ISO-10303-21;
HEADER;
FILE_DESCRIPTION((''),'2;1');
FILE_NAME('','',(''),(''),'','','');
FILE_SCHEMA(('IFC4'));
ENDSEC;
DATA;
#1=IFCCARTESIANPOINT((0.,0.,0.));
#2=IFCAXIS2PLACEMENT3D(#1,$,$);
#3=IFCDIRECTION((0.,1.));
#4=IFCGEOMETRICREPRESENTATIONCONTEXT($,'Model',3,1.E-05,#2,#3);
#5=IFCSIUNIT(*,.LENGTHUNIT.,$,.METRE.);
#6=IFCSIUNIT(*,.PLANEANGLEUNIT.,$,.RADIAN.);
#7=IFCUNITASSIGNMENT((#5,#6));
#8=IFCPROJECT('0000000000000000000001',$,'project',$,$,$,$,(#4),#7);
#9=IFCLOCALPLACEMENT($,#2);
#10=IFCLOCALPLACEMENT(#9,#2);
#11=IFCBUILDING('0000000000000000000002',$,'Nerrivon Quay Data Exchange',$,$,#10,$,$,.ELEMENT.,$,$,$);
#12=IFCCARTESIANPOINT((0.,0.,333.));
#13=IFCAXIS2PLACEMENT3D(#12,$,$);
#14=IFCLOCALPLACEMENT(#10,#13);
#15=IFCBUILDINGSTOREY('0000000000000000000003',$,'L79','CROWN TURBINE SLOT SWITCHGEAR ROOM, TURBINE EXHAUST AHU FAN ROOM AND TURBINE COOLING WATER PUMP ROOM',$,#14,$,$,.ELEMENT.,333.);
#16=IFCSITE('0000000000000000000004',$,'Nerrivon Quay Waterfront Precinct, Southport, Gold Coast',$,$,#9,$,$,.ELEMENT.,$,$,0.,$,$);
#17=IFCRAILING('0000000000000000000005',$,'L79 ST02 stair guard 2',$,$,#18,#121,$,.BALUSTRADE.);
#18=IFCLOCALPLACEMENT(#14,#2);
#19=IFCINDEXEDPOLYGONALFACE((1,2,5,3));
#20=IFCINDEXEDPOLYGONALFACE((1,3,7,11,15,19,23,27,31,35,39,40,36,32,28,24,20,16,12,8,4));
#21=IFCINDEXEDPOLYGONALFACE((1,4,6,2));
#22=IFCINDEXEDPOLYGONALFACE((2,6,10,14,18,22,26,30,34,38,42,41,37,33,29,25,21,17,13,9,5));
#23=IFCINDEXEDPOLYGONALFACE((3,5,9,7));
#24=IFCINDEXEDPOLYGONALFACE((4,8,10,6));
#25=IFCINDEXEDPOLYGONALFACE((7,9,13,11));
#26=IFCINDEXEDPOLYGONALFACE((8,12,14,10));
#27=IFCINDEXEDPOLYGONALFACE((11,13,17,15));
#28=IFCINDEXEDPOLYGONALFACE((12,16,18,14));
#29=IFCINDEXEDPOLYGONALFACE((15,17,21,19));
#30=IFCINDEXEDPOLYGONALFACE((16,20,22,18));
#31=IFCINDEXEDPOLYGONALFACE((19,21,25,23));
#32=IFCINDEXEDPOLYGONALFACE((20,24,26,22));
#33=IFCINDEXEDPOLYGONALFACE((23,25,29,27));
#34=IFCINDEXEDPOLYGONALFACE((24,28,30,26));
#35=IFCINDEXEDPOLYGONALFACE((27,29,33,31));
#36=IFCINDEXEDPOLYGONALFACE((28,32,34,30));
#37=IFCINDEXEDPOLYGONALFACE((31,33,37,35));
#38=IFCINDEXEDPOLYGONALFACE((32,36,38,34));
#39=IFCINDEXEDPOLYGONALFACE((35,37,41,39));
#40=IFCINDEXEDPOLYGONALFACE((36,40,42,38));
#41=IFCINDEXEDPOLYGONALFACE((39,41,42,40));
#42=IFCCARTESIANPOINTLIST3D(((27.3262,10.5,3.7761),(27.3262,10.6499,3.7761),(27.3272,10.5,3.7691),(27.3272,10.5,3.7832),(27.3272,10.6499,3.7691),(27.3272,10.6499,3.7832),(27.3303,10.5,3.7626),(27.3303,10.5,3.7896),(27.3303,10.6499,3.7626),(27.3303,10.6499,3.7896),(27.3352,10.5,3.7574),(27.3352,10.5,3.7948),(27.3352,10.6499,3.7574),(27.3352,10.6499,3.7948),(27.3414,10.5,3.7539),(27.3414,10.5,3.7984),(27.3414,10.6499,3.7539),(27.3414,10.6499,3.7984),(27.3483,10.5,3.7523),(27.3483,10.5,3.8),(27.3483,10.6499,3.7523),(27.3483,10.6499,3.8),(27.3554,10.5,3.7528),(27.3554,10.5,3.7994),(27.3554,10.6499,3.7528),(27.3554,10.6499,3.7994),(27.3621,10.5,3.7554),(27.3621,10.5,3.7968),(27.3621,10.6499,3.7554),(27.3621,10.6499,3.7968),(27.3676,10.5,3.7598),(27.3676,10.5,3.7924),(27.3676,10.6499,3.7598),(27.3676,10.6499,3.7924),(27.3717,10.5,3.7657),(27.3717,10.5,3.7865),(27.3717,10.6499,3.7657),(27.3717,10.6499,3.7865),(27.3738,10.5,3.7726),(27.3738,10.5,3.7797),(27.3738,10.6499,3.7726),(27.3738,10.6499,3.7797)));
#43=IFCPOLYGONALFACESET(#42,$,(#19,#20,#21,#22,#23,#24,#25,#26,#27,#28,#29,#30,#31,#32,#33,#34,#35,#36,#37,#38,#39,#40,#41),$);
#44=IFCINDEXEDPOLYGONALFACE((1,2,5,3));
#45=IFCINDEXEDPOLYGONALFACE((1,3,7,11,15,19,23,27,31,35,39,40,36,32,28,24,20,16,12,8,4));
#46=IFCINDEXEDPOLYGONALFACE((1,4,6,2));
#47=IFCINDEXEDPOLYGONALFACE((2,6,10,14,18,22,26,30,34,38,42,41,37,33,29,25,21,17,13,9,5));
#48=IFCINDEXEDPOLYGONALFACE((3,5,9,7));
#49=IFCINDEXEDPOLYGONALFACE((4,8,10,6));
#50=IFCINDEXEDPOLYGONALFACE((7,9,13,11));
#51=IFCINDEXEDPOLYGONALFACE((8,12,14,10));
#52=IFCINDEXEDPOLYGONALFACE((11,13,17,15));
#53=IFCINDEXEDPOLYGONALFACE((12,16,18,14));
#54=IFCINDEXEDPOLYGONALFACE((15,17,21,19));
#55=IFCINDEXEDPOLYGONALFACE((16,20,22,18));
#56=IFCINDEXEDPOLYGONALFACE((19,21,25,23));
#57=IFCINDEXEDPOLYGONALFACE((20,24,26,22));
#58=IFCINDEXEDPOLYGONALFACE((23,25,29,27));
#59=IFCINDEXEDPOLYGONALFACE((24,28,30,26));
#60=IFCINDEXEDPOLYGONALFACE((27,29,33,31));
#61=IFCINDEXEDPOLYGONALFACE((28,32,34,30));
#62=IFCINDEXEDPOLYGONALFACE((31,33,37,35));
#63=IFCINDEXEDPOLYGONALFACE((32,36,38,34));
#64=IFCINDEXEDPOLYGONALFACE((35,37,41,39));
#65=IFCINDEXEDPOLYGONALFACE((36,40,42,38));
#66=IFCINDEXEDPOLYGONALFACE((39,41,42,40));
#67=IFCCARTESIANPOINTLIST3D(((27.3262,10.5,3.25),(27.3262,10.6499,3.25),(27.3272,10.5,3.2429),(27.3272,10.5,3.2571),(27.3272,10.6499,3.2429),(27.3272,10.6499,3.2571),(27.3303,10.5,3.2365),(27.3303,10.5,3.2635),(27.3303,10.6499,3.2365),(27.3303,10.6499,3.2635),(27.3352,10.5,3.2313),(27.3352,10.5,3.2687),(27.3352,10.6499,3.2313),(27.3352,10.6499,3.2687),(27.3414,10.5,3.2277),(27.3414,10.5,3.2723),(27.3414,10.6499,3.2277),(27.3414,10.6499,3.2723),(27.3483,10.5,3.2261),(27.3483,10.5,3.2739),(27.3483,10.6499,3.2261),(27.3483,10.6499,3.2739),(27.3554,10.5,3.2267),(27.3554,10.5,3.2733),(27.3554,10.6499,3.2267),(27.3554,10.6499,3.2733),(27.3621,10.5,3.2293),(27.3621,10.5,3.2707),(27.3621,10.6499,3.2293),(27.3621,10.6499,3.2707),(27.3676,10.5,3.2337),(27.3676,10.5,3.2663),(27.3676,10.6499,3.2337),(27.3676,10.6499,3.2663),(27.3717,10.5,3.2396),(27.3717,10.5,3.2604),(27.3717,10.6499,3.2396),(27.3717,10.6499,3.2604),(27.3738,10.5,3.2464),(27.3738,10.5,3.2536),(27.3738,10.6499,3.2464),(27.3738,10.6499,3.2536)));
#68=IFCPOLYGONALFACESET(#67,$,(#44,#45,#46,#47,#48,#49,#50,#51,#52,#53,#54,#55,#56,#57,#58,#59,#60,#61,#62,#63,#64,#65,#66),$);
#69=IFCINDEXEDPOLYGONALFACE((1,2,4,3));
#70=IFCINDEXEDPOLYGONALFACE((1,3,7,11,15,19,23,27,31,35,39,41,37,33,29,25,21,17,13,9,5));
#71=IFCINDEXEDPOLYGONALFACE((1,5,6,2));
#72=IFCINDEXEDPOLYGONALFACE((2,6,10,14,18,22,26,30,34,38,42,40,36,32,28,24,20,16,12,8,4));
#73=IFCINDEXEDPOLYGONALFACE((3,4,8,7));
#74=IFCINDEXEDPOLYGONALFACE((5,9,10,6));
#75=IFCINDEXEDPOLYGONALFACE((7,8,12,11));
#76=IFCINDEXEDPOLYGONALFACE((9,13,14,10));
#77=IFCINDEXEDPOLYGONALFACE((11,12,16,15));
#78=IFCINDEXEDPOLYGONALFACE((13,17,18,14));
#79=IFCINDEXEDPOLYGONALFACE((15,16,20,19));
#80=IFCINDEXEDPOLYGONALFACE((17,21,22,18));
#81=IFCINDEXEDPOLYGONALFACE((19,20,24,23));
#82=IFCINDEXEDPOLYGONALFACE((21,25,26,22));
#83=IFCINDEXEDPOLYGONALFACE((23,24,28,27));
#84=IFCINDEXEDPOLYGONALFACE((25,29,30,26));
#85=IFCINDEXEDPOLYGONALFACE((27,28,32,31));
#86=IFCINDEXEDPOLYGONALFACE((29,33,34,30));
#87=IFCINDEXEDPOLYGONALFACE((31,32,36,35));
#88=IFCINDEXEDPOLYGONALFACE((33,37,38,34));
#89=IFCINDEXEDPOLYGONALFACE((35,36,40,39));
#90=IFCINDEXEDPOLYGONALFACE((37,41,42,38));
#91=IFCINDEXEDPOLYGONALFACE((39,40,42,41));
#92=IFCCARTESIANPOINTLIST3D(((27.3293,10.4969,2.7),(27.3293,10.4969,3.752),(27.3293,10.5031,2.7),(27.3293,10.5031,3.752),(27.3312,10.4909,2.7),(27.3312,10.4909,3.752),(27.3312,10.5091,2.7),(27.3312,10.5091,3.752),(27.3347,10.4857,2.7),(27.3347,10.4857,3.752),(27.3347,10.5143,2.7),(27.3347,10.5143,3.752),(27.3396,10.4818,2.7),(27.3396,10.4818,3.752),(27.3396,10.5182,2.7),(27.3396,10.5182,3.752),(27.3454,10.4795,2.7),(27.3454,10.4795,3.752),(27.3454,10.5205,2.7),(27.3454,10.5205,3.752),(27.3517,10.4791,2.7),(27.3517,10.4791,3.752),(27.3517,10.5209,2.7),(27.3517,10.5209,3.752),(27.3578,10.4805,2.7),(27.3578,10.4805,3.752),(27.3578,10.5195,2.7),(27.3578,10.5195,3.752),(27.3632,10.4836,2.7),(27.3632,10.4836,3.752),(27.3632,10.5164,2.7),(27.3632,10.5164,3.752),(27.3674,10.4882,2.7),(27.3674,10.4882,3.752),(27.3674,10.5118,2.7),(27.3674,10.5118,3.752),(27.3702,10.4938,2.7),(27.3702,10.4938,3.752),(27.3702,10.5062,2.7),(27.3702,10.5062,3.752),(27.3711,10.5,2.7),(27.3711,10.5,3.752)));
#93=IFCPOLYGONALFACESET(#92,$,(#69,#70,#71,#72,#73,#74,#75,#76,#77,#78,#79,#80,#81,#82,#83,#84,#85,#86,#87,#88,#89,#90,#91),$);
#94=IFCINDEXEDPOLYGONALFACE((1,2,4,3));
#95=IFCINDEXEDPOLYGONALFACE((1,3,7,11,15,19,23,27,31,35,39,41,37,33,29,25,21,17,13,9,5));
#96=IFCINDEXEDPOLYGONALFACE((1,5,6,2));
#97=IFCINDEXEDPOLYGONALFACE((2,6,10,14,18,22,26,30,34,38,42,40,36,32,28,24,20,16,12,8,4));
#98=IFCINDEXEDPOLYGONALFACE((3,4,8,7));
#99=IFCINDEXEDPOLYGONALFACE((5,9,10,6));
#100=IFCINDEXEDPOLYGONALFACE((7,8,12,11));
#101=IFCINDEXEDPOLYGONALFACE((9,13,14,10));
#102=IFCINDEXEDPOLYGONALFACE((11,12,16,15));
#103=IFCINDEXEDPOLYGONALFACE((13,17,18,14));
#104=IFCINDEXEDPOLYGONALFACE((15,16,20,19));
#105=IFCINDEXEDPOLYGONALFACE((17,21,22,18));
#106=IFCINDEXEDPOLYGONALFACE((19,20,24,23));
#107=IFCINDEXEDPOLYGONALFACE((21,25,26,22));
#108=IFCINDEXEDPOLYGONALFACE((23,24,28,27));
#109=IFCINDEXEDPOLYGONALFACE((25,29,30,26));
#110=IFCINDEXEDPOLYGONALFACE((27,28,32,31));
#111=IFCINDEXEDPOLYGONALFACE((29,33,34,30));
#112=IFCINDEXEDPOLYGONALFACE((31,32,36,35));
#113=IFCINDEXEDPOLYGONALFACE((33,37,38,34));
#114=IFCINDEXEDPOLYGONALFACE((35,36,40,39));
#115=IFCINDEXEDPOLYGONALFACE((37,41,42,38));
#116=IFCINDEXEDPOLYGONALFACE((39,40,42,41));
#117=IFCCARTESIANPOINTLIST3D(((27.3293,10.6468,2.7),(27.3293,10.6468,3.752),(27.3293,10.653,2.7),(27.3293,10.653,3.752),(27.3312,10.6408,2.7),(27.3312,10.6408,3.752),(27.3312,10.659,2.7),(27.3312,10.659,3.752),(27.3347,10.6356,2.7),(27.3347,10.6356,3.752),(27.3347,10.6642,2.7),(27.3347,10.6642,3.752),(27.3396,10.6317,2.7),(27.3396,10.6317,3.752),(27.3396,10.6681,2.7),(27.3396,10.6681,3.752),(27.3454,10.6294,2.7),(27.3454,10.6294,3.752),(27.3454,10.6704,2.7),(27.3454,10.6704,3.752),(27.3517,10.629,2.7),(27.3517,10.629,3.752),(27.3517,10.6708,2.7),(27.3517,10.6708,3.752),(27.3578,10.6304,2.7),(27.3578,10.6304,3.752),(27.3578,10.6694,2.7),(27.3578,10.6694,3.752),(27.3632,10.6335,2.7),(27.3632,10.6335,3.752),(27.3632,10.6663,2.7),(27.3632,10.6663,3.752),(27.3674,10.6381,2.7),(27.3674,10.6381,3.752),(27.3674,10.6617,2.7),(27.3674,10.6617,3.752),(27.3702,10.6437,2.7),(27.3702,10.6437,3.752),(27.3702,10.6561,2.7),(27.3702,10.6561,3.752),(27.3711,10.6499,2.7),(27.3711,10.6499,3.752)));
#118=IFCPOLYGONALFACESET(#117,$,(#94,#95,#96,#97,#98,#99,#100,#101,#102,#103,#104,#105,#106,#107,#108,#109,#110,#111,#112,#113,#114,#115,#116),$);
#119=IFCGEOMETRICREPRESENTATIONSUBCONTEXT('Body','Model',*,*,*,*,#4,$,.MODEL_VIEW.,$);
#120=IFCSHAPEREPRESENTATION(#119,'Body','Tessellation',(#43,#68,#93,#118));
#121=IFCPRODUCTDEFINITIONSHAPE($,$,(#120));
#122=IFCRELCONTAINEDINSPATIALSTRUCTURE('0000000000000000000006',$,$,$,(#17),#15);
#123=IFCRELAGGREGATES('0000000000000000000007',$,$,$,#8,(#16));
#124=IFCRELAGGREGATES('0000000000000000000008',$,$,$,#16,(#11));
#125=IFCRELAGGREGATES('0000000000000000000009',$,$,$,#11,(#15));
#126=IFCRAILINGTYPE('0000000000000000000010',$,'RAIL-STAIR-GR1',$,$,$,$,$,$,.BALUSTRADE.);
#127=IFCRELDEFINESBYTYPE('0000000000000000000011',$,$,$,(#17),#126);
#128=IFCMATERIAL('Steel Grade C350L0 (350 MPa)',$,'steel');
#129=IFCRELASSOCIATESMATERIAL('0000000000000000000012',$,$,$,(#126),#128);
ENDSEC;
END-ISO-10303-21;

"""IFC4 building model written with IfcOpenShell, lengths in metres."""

from ifc_helpers import new_model, si_unit, direction, frame, origin, origin_2d, place, context, subcontext, project, spatial, circle, extrude, material, type_object, element, save


model = new_model("IFC4")

# Units and contexts
model_context = context("Model", 3, precision=1e-05, world=origin(), true_north=direction((0.0, 1.0)))
body_context = subcontext(model_context, "Body", "Model", "MODEL_VIEW")
ifc_project = project(units=[si_unit("LENGTHUNIT", "METRE"), si_unit("PLANEANGLEUNIT", "RADIAN")], contexts=[model_context])

# Site, building, storey
site_placement = place(None, origin())
site = spatial("IfcSite", under=ifc_project, at=site_placement, Name="Nerrivon Quay Waterfront Precinct, Southport, Gold Coast", CompositionType="ELEMENT", RefElevation=0.0)
building_placement = place(site_placement, origin())
building = spatial("IfcBuilding", under=site, at=building_placement, Name="Nerrivon Quay Data Exchange", CompositionType="ELEMENT")
storey_placement = place(building_placement, frame((0.0, 0.0, 333.0)))
storey = spatial("IfcBuildingStorey", under=building, at=storey_placement, Name="L79", Description="CROWN TURBINE SLOT SWITCHGEAR ROOM, TURBINE EXHAUST AHU FAN ROOM AND TURBINE COOLING WATER PUMP ROOM", CompositionType="ELEMENT", Elevation=333.0)

# Railing
ifc_material_1 = material(Name="Steel Grade C350L0 (350 MPa)", Category="steel")
railing_type_1 = type_object("IfcRailingType", Name="RAIL-STAIR-GR1", PredefinedType="BALUSTRADE", material=ifc_material_1)
railing_1_placement = place(storey_placement, frame((27.3501, 10.5, 2.7)))
element("IfcRailing", 1, at=railing_1_placement, inside=storey, type_object=railing_type_1, Name="L79 ST02 stair guard 2", PredefinedType="BALUSTRADE", context=body_context, shape_type="SweptSolid", body=[
    extrude(circle(Radius=0.0239, at=origin_2d()), frame((0.0, 0.0, 1.0762), z_axis=(0.0, 1.0, 0.0), x_axis=(-1.0, 0.0, 0.0)), (0.0, 0.0, 1.0), 0.1499),
    extrude(circle(Radius=0.0239, at=origin_2d()), frame((0.0, 0.0, 0.55), z_axis=(0.0, 1.0, 0.0), x_axis=(-1.0, 0.0, 0.0)), (0.0, 0.0, 1.0), 0.1499),
    extrude(circle(Radius=0.021, at=origin_2d()), origin(), (0.0, 0.0, 1.0), 1.052),
    extrude(circle(Radius=0.021, at=origin_2d()), frame((0.0, 0.1499, 0.0)), (0.0, 0.0, 1.0), 1.052),
])

save(model, "model.ifc")
